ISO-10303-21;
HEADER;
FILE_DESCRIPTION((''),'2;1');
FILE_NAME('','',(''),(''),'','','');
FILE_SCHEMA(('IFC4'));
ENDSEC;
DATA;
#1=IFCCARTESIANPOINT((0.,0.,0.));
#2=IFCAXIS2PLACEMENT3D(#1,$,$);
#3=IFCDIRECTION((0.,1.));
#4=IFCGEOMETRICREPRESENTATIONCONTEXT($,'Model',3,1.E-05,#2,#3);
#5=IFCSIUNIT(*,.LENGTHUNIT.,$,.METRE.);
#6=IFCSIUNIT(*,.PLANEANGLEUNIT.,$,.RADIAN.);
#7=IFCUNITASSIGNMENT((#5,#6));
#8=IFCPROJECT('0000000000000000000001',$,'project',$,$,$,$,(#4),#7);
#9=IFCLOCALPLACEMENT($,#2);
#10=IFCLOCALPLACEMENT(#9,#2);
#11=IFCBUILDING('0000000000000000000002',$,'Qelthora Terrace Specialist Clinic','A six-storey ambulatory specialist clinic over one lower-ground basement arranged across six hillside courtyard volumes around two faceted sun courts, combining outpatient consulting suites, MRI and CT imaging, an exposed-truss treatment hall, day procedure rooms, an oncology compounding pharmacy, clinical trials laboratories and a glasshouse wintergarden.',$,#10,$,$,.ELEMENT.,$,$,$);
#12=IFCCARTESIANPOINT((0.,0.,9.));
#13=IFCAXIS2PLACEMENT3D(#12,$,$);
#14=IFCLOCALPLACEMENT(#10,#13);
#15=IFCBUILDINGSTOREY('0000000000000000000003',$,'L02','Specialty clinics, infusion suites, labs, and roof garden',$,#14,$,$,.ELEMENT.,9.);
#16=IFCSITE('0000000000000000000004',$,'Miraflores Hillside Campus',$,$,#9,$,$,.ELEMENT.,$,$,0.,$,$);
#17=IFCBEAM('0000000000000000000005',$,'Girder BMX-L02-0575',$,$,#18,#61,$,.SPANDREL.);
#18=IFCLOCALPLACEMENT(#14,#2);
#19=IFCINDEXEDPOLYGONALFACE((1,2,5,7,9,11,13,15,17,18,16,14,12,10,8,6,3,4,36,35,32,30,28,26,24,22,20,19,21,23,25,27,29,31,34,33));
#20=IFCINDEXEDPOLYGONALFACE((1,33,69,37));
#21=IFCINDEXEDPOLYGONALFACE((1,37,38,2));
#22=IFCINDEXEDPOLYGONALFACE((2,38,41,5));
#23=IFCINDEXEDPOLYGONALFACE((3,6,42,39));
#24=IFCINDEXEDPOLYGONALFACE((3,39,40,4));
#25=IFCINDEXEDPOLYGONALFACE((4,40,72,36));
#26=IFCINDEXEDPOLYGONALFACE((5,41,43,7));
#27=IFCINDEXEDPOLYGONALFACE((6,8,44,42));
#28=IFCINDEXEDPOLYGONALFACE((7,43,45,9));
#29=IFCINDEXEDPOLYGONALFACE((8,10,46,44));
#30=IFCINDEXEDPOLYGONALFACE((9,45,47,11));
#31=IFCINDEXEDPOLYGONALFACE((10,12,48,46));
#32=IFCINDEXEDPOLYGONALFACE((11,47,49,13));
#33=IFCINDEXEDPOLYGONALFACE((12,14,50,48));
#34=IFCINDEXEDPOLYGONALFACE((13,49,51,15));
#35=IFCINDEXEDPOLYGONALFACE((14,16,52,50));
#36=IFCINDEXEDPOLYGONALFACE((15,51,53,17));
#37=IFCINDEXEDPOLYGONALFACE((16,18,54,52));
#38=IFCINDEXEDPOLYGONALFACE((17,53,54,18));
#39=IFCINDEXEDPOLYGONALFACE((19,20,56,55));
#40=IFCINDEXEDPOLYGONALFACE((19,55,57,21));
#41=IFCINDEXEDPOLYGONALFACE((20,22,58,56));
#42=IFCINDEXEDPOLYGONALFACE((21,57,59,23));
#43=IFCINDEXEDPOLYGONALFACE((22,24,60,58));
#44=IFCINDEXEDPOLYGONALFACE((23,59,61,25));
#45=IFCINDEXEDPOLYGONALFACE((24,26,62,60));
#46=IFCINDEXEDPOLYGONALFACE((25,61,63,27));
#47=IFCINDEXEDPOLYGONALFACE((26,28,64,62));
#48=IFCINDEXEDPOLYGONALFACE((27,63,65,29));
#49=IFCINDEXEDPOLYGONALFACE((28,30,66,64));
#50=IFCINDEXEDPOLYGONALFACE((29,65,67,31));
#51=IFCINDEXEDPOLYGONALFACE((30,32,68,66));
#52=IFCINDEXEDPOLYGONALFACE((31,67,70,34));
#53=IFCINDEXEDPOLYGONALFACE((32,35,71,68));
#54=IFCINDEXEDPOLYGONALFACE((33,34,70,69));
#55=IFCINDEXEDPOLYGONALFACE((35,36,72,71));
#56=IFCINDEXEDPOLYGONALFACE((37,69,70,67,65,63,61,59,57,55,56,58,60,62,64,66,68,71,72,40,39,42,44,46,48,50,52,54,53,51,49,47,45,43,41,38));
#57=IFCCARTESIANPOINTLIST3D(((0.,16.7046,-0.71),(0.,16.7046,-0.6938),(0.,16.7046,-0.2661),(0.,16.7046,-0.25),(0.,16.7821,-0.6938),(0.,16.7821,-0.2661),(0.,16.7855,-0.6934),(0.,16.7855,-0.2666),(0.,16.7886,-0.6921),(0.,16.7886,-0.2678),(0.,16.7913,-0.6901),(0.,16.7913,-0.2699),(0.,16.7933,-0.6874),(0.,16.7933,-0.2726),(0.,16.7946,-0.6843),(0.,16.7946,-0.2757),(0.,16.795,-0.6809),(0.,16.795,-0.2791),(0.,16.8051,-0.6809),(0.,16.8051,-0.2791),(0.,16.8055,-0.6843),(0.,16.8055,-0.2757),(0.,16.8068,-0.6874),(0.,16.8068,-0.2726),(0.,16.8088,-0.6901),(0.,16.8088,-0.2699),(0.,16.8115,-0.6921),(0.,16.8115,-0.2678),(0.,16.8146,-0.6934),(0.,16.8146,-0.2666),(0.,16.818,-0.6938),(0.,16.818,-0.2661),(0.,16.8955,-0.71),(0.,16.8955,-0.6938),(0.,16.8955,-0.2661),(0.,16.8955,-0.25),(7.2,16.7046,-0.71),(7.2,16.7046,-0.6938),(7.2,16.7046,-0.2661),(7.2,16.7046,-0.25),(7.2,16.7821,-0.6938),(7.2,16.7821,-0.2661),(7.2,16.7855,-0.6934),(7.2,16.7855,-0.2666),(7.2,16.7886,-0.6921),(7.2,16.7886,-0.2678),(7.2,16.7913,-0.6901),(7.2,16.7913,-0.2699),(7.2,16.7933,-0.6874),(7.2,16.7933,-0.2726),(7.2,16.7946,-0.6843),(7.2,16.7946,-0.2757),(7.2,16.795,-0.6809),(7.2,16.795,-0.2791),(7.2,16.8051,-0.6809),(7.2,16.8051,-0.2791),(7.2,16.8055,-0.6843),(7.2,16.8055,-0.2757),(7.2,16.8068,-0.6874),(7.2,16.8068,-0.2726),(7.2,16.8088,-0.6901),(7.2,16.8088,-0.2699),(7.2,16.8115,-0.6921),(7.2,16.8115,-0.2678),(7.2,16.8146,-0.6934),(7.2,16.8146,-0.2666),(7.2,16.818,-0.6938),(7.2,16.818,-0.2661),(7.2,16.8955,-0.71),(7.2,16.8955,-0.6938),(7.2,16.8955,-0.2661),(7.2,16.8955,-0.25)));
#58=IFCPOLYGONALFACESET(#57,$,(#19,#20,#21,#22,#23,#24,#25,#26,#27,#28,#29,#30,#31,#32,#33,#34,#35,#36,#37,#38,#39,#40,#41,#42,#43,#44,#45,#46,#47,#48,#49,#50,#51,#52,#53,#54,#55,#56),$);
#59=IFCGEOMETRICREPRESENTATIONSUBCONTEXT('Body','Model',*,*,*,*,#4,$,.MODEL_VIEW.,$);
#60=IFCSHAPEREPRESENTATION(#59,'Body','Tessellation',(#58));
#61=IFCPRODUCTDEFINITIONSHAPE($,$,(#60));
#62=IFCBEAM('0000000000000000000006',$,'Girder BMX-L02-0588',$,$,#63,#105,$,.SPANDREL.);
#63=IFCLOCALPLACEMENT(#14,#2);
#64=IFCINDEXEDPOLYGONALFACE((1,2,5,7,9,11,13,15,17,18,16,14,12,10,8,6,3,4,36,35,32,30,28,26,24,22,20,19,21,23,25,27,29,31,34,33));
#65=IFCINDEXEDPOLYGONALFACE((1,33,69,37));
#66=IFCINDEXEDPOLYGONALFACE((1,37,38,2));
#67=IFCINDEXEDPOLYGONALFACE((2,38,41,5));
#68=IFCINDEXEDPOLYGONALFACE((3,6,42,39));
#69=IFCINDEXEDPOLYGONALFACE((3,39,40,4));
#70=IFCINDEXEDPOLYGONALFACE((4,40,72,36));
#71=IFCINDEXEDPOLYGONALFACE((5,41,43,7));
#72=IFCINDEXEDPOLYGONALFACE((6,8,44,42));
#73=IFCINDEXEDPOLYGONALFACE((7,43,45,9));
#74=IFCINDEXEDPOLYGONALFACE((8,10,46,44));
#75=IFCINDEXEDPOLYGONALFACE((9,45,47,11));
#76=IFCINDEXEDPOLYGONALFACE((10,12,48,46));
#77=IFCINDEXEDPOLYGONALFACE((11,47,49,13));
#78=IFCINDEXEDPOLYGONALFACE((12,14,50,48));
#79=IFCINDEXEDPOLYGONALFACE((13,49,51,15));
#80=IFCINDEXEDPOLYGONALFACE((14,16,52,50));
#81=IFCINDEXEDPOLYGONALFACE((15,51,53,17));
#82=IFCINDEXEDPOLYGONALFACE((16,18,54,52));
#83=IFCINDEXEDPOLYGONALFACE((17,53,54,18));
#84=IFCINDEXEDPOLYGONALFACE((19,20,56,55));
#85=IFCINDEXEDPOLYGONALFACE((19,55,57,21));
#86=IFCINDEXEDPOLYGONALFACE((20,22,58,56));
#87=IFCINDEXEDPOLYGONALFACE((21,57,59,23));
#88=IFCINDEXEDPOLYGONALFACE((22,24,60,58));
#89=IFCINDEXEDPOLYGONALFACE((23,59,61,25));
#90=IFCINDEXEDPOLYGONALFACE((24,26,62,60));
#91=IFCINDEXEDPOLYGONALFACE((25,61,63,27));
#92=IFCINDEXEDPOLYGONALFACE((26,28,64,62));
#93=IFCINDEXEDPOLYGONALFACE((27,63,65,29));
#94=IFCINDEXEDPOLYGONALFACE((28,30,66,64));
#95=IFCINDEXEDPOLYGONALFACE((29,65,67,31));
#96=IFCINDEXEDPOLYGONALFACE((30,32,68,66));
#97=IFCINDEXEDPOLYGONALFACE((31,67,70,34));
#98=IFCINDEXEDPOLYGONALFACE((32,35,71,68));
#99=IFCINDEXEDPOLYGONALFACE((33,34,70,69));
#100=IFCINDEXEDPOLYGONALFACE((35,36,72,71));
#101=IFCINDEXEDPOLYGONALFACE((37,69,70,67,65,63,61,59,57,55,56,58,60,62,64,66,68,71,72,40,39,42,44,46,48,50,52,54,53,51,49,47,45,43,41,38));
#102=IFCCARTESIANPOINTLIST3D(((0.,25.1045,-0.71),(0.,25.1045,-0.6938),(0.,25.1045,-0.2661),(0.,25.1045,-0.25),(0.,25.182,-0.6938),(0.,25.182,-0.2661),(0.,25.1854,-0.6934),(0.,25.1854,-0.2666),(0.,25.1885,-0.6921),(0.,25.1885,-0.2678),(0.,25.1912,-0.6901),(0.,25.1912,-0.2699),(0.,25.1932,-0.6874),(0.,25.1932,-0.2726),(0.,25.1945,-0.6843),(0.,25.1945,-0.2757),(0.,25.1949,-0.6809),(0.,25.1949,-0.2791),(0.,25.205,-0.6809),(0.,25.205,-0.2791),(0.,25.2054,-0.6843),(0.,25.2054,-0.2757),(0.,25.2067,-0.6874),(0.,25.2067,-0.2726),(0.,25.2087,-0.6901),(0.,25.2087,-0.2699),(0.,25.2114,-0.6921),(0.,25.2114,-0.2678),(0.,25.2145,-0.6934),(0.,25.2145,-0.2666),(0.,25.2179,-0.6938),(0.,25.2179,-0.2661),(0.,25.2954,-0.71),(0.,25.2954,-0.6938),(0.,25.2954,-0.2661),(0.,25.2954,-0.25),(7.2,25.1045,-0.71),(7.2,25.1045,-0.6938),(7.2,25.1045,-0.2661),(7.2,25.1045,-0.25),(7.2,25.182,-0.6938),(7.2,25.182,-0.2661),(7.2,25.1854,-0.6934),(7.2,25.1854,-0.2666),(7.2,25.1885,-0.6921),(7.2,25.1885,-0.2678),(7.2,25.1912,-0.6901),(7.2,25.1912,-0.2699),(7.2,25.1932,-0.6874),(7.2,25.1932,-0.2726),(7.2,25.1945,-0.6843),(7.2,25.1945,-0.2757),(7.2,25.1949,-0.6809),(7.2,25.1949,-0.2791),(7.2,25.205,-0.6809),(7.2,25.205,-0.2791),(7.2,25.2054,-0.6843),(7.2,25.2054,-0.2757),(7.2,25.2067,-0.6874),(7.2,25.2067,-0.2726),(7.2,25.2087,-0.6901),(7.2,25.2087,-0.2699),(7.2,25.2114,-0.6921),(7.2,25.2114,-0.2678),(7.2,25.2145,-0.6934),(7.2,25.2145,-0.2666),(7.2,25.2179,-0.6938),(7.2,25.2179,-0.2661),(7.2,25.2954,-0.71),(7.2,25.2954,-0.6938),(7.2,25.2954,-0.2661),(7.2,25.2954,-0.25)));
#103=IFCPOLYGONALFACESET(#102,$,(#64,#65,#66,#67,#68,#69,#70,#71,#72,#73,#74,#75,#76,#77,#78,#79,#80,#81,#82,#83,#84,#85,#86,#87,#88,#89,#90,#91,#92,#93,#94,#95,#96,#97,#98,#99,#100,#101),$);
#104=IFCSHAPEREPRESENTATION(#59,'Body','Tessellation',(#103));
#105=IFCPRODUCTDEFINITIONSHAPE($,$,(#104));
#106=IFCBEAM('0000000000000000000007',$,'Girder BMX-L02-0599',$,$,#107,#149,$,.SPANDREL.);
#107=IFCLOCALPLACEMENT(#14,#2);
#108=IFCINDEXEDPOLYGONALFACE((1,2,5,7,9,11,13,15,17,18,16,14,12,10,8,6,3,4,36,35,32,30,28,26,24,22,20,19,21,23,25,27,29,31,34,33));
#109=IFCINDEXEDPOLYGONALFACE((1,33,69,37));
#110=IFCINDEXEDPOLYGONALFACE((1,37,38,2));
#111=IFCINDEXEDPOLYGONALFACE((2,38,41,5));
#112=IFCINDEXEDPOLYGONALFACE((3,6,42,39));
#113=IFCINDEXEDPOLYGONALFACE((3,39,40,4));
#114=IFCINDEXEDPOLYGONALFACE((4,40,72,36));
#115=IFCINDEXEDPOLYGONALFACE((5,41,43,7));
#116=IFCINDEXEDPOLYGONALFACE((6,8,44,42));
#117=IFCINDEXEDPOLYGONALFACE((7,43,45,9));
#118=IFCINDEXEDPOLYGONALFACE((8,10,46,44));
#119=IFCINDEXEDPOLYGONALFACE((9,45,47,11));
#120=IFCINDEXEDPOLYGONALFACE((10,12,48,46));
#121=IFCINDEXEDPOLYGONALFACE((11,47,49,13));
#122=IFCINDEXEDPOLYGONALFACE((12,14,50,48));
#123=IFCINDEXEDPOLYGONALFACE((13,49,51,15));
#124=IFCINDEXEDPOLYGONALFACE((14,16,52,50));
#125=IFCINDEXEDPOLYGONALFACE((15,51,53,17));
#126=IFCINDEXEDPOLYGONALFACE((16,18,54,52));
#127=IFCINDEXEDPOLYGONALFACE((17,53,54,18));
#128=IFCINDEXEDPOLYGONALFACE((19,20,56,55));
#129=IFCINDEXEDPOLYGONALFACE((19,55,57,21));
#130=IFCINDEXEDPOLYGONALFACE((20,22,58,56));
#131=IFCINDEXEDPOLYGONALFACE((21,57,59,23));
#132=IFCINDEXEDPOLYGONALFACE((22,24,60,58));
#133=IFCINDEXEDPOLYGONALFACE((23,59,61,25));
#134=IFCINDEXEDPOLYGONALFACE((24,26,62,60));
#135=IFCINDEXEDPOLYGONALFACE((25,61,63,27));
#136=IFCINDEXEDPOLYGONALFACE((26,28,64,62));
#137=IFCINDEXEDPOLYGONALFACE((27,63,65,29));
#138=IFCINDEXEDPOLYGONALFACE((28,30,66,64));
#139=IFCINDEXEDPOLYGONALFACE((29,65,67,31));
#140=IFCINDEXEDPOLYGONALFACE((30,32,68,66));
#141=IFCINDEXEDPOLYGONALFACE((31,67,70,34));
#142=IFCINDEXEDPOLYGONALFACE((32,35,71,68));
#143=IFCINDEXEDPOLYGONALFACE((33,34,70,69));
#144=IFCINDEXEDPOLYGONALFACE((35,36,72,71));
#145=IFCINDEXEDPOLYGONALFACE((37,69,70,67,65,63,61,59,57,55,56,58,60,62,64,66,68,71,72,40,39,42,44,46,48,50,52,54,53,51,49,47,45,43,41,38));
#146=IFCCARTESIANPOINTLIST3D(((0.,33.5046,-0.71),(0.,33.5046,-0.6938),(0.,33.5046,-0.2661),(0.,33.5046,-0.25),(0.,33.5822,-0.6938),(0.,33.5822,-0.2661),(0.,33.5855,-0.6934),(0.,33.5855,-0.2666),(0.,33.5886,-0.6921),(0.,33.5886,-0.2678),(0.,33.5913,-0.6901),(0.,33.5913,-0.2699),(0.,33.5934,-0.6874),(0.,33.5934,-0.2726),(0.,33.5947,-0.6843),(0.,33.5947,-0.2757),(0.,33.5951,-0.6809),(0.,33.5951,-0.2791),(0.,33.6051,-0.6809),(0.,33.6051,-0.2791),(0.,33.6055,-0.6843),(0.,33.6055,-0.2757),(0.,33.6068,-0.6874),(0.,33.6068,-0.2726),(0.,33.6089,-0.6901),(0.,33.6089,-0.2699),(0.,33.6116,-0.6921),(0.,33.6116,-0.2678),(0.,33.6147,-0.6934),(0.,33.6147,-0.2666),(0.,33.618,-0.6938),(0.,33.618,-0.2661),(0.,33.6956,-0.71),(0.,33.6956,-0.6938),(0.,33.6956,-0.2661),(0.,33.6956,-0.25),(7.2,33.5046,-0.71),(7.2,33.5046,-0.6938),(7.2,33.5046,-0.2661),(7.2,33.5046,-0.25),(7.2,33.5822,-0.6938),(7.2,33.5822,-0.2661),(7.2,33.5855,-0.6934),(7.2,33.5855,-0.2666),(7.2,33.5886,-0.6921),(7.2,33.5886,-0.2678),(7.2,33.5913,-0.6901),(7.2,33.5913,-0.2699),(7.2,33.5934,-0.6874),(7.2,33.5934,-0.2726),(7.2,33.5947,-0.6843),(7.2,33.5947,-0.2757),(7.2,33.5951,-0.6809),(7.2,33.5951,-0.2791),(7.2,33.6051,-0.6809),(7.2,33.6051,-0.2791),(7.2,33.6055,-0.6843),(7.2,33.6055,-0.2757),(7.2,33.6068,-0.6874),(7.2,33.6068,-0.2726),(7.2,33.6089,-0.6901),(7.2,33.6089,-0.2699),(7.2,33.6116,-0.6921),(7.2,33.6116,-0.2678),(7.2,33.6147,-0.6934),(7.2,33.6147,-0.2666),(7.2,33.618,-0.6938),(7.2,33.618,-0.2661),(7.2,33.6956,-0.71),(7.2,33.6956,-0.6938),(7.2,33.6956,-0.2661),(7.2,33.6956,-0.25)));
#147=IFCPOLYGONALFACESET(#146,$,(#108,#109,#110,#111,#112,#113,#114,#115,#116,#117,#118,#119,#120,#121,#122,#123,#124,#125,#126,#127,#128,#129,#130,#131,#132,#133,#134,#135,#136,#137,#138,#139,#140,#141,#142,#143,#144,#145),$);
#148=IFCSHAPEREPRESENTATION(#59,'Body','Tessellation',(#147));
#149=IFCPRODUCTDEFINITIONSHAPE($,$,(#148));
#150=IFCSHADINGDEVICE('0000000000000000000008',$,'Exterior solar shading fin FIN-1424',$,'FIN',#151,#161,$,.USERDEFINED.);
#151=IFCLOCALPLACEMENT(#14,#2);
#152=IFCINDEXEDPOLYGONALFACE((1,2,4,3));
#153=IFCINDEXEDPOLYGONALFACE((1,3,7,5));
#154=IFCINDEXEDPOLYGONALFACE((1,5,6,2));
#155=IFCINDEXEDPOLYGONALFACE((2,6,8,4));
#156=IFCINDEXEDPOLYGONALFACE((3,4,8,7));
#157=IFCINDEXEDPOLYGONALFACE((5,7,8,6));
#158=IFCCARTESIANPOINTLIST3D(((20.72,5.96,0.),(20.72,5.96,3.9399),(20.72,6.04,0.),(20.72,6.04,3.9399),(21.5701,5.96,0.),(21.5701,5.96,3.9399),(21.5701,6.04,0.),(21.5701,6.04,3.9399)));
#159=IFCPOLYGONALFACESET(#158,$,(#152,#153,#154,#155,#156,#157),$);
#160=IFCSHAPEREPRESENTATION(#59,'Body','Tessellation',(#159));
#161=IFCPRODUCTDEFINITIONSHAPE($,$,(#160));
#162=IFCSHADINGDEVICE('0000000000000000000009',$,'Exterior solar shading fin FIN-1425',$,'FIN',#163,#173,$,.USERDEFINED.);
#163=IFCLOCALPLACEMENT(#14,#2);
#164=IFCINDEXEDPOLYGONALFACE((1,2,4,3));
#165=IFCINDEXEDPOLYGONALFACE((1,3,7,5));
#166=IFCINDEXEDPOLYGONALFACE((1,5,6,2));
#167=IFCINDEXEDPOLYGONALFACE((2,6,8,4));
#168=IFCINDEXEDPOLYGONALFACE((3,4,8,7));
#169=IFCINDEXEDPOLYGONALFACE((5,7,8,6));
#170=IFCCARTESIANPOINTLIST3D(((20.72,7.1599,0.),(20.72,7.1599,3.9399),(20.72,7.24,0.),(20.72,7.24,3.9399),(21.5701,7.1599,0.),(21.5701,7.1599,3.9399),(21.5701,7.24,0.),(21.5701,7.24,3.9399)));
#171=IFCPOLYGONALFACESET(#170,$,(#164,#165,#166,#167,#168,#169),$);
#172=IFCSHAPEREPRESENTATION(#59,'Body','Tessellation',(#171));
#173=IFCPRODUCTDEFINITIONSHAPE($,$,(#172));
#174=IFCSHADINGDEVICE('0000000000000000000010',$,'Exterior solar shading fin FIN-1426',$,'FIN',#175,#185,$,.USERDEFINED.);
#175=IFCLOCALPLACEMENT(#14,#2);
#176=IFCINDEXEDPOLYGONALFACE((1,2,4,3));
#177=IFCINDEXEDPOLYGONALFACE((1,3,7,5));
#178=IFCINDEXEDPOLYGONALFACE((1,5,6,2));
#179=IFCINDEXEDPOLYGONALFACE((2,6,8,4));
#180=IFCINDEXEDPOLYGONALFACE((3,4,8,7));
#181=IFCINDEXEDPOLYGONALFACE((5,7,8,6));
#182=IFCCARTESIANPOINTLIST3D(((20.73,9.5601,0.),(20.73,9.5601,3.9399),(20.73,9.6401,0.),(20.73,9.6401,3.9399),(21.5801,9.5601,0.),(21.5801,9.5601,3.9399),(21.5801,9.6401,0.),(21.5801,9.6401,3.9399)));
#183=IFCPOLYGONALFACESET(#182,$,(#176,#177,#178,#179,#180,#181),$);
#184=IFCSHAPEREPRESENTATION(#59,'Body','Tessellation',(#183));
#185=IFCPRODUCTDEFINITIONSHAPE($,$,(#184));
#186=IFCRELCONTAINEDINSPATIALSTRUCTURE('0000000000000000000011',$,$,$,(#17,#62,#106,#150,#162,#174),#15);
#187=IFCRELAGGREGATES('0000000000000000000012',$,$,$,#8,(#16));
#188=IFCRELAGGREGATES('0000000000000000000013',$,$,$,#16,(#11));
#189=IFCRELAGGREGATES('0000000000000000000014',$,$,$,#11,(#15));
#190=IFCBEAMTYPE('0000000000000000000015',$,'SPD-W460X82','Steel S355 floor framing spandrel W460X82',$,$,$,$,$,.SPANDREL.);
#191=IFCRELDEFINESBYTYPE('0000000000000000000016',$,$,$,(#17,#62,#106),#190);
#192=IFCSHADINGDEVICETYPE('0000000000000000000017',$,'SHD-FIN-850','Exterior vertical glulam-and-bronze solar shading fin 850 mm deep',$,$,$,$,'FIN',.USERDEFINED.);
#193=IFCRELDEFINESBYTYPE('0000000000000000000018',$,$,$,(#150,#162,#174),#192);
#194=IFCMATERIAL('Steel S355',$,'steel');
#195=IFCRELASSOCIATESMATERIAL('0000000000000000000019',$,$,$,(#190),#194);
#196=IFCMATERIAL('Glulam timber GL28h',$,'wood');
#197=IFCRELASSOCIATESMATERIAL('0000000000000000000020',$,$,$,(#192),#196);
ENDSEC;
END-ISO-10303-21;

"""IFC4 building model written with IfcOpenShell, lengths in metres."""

from ifc_helpers import new_model, si_unit, direction, frame, origin, origin_2d, place, context, subcontext, project, spatial, rectangle, i_section, extrude, material, material_profile, profile_set, type_object, element, save


model = new_model("IFC4")

# Units and contexts
model_context = context("Model", 3, precision=1e-05, world=origin(), true_north=direction((0.0, 1.0)))
body_context = subcontext(model_context, "Body", "Model", "MODEL_VIEW")
ifc_project = project(units=[si_unit("LENGTHUNIT", "METRE"), si_unit("PLANEANGLEUNIT", "RADIAN")], contexts=[model_context])

# Site, building, storey
site_placement = place(None, origin())
site = spatial("IfcSite", under=ifc_project, at=site_placement, Name="Miraflores Hillside Campus", CompositionType="ELEMENT", RefElevation=0.0)
building_placement = place(site_placement, origin())
building = spatial("IfcBuilding", under=site, at=building_placement, Name="Qelthora Terrace Specialist Clinic", Description="A six-storey ambulatory specialist clinic over one lower-ground basement arranged across six hillside courtyard volumes around two faceted sun courts, combining outpatient consulting suites, MRI and CT imaging, an exposed-truss treatment hall, day procedure rooms, an oncology compounding pharmacy, clinical trials laboratories and a glasshouse wintergarden.", CompositionType="ELEMENT")
storey_placement = place(building_placement, frame((0.0, 0.0, 9.0)))
storey = spatial("IfcBuildingStorey", under=building, at=storey_placement, Name="L02", Description="Specialty clinics, infusion suites, labs, and roof garden", CompositionType="ELEMENT", Elevation=9.0)

# Beams
ifc_material_1 = material(Name="Steel S355", Category="steel")
ifc_material_profile_1 = material_profile(ifc_material_1, i_section(OverallWidth=0.1909, OverallDepth=0.46, WebThickness=0.01, FlangeThickness=0.0161, FilletRadius=0.0129, at=origin_2d()), Name="W460X82")
ifc_profile_set_1 = profile_set([ifc_material_profile_1], Name="Steel S355")
beam_type_1 = type_object("IfcBeamType", Name="SPD-W460X82", Description="Steel S355 floor framing spandrel W460X82", PredefinedType="SPANDREL", material=ifc_profile_set_1)
for number, where, z_axis, x_axis, name in (
    (1, (0.0, 16.8, -0.48), (1.0, 0.0, 0.0), (0.0, 1.0, 0.0), "Girder BMX-L02-0575"),
    (2, (0.0, 25.2, -0.48), (1.0, 0.0, 0.0), (0.0, 1.0, 0.0), "Girder BMX-L02-0588"),
    (3, (0.0, 33.6001, -0.48), (1.0, 0.0, 0.0), (0.0, 1.0, 0.0), "Girder BMX-L02-0599"),
):
    element("IfcBeam", number, at=place(storey_placement, frame(where, z_axis=z_axis, x_axis=x_axis)), inside=storey, type_object=beam_type_1, Name=name, PredefinedType="SPANDREL", context=body_context, shape_type="SweptSolid", body=[
        extrude(i_section(OverallWidth=0.1909, OverallDepth=0.46, WebThickness=0.01, FlangeThickness=0.0161, FilletRadius=0.0129, at=origin_2d()), origin(), (0.0, 0.0, 1.0), 7.2),
    ])

# Shading devices
ifc_material_2 = material(Name="Glulam timber GL28h", Category="wood")
shading_device_type = type_object("IfcShadingDeviceType", Name="SHD-FIN-850", Description="Exterior vertical glulam-and-bronze solar shading fin 850 mm deep", ElementType="FIN", PredefinedType="USERDEFINED", material=ifc_material_2)
for number, where, z_axis, x_axis, name in (
    (4, (21.145, 6.0, 0.0), (0.0, 0.0, 1.0), (-1.0, 0.0, 0.0), "Exterior solar shading fin FIN-1424"),
    (5, (21.145, 7.2, 0.0), (0.0, 0.0, 1.0), (-1.0, 0.0, 0.0), "Exterior solar shading fin FIN-1425"),
    (6, (21.155, 9.6001, 0.0), (0.0, 0.0, 1.0), (-1.0, 0.0, 0.0), "Exterior solar shading fin FIN-1426"),
):
    element("IfcShadingDevice", number, at=place(storey_placement, frame(where, z_axis=z_axis, x_axis=x_axis)), inside=storey, type_object=shading_device_type, Name=name, ObjectType="FIN", PredefinedType="USERDEFINED", context=body_context, shape_type="SweptSolid", body=[
        extrude(rectangle(XDim=0.8501, YDim=0.0801, at=origin_2d()), origin(), (0.0, 0.0, 1.0), 3.9399),
    ])

save(model, "model.ifc")
